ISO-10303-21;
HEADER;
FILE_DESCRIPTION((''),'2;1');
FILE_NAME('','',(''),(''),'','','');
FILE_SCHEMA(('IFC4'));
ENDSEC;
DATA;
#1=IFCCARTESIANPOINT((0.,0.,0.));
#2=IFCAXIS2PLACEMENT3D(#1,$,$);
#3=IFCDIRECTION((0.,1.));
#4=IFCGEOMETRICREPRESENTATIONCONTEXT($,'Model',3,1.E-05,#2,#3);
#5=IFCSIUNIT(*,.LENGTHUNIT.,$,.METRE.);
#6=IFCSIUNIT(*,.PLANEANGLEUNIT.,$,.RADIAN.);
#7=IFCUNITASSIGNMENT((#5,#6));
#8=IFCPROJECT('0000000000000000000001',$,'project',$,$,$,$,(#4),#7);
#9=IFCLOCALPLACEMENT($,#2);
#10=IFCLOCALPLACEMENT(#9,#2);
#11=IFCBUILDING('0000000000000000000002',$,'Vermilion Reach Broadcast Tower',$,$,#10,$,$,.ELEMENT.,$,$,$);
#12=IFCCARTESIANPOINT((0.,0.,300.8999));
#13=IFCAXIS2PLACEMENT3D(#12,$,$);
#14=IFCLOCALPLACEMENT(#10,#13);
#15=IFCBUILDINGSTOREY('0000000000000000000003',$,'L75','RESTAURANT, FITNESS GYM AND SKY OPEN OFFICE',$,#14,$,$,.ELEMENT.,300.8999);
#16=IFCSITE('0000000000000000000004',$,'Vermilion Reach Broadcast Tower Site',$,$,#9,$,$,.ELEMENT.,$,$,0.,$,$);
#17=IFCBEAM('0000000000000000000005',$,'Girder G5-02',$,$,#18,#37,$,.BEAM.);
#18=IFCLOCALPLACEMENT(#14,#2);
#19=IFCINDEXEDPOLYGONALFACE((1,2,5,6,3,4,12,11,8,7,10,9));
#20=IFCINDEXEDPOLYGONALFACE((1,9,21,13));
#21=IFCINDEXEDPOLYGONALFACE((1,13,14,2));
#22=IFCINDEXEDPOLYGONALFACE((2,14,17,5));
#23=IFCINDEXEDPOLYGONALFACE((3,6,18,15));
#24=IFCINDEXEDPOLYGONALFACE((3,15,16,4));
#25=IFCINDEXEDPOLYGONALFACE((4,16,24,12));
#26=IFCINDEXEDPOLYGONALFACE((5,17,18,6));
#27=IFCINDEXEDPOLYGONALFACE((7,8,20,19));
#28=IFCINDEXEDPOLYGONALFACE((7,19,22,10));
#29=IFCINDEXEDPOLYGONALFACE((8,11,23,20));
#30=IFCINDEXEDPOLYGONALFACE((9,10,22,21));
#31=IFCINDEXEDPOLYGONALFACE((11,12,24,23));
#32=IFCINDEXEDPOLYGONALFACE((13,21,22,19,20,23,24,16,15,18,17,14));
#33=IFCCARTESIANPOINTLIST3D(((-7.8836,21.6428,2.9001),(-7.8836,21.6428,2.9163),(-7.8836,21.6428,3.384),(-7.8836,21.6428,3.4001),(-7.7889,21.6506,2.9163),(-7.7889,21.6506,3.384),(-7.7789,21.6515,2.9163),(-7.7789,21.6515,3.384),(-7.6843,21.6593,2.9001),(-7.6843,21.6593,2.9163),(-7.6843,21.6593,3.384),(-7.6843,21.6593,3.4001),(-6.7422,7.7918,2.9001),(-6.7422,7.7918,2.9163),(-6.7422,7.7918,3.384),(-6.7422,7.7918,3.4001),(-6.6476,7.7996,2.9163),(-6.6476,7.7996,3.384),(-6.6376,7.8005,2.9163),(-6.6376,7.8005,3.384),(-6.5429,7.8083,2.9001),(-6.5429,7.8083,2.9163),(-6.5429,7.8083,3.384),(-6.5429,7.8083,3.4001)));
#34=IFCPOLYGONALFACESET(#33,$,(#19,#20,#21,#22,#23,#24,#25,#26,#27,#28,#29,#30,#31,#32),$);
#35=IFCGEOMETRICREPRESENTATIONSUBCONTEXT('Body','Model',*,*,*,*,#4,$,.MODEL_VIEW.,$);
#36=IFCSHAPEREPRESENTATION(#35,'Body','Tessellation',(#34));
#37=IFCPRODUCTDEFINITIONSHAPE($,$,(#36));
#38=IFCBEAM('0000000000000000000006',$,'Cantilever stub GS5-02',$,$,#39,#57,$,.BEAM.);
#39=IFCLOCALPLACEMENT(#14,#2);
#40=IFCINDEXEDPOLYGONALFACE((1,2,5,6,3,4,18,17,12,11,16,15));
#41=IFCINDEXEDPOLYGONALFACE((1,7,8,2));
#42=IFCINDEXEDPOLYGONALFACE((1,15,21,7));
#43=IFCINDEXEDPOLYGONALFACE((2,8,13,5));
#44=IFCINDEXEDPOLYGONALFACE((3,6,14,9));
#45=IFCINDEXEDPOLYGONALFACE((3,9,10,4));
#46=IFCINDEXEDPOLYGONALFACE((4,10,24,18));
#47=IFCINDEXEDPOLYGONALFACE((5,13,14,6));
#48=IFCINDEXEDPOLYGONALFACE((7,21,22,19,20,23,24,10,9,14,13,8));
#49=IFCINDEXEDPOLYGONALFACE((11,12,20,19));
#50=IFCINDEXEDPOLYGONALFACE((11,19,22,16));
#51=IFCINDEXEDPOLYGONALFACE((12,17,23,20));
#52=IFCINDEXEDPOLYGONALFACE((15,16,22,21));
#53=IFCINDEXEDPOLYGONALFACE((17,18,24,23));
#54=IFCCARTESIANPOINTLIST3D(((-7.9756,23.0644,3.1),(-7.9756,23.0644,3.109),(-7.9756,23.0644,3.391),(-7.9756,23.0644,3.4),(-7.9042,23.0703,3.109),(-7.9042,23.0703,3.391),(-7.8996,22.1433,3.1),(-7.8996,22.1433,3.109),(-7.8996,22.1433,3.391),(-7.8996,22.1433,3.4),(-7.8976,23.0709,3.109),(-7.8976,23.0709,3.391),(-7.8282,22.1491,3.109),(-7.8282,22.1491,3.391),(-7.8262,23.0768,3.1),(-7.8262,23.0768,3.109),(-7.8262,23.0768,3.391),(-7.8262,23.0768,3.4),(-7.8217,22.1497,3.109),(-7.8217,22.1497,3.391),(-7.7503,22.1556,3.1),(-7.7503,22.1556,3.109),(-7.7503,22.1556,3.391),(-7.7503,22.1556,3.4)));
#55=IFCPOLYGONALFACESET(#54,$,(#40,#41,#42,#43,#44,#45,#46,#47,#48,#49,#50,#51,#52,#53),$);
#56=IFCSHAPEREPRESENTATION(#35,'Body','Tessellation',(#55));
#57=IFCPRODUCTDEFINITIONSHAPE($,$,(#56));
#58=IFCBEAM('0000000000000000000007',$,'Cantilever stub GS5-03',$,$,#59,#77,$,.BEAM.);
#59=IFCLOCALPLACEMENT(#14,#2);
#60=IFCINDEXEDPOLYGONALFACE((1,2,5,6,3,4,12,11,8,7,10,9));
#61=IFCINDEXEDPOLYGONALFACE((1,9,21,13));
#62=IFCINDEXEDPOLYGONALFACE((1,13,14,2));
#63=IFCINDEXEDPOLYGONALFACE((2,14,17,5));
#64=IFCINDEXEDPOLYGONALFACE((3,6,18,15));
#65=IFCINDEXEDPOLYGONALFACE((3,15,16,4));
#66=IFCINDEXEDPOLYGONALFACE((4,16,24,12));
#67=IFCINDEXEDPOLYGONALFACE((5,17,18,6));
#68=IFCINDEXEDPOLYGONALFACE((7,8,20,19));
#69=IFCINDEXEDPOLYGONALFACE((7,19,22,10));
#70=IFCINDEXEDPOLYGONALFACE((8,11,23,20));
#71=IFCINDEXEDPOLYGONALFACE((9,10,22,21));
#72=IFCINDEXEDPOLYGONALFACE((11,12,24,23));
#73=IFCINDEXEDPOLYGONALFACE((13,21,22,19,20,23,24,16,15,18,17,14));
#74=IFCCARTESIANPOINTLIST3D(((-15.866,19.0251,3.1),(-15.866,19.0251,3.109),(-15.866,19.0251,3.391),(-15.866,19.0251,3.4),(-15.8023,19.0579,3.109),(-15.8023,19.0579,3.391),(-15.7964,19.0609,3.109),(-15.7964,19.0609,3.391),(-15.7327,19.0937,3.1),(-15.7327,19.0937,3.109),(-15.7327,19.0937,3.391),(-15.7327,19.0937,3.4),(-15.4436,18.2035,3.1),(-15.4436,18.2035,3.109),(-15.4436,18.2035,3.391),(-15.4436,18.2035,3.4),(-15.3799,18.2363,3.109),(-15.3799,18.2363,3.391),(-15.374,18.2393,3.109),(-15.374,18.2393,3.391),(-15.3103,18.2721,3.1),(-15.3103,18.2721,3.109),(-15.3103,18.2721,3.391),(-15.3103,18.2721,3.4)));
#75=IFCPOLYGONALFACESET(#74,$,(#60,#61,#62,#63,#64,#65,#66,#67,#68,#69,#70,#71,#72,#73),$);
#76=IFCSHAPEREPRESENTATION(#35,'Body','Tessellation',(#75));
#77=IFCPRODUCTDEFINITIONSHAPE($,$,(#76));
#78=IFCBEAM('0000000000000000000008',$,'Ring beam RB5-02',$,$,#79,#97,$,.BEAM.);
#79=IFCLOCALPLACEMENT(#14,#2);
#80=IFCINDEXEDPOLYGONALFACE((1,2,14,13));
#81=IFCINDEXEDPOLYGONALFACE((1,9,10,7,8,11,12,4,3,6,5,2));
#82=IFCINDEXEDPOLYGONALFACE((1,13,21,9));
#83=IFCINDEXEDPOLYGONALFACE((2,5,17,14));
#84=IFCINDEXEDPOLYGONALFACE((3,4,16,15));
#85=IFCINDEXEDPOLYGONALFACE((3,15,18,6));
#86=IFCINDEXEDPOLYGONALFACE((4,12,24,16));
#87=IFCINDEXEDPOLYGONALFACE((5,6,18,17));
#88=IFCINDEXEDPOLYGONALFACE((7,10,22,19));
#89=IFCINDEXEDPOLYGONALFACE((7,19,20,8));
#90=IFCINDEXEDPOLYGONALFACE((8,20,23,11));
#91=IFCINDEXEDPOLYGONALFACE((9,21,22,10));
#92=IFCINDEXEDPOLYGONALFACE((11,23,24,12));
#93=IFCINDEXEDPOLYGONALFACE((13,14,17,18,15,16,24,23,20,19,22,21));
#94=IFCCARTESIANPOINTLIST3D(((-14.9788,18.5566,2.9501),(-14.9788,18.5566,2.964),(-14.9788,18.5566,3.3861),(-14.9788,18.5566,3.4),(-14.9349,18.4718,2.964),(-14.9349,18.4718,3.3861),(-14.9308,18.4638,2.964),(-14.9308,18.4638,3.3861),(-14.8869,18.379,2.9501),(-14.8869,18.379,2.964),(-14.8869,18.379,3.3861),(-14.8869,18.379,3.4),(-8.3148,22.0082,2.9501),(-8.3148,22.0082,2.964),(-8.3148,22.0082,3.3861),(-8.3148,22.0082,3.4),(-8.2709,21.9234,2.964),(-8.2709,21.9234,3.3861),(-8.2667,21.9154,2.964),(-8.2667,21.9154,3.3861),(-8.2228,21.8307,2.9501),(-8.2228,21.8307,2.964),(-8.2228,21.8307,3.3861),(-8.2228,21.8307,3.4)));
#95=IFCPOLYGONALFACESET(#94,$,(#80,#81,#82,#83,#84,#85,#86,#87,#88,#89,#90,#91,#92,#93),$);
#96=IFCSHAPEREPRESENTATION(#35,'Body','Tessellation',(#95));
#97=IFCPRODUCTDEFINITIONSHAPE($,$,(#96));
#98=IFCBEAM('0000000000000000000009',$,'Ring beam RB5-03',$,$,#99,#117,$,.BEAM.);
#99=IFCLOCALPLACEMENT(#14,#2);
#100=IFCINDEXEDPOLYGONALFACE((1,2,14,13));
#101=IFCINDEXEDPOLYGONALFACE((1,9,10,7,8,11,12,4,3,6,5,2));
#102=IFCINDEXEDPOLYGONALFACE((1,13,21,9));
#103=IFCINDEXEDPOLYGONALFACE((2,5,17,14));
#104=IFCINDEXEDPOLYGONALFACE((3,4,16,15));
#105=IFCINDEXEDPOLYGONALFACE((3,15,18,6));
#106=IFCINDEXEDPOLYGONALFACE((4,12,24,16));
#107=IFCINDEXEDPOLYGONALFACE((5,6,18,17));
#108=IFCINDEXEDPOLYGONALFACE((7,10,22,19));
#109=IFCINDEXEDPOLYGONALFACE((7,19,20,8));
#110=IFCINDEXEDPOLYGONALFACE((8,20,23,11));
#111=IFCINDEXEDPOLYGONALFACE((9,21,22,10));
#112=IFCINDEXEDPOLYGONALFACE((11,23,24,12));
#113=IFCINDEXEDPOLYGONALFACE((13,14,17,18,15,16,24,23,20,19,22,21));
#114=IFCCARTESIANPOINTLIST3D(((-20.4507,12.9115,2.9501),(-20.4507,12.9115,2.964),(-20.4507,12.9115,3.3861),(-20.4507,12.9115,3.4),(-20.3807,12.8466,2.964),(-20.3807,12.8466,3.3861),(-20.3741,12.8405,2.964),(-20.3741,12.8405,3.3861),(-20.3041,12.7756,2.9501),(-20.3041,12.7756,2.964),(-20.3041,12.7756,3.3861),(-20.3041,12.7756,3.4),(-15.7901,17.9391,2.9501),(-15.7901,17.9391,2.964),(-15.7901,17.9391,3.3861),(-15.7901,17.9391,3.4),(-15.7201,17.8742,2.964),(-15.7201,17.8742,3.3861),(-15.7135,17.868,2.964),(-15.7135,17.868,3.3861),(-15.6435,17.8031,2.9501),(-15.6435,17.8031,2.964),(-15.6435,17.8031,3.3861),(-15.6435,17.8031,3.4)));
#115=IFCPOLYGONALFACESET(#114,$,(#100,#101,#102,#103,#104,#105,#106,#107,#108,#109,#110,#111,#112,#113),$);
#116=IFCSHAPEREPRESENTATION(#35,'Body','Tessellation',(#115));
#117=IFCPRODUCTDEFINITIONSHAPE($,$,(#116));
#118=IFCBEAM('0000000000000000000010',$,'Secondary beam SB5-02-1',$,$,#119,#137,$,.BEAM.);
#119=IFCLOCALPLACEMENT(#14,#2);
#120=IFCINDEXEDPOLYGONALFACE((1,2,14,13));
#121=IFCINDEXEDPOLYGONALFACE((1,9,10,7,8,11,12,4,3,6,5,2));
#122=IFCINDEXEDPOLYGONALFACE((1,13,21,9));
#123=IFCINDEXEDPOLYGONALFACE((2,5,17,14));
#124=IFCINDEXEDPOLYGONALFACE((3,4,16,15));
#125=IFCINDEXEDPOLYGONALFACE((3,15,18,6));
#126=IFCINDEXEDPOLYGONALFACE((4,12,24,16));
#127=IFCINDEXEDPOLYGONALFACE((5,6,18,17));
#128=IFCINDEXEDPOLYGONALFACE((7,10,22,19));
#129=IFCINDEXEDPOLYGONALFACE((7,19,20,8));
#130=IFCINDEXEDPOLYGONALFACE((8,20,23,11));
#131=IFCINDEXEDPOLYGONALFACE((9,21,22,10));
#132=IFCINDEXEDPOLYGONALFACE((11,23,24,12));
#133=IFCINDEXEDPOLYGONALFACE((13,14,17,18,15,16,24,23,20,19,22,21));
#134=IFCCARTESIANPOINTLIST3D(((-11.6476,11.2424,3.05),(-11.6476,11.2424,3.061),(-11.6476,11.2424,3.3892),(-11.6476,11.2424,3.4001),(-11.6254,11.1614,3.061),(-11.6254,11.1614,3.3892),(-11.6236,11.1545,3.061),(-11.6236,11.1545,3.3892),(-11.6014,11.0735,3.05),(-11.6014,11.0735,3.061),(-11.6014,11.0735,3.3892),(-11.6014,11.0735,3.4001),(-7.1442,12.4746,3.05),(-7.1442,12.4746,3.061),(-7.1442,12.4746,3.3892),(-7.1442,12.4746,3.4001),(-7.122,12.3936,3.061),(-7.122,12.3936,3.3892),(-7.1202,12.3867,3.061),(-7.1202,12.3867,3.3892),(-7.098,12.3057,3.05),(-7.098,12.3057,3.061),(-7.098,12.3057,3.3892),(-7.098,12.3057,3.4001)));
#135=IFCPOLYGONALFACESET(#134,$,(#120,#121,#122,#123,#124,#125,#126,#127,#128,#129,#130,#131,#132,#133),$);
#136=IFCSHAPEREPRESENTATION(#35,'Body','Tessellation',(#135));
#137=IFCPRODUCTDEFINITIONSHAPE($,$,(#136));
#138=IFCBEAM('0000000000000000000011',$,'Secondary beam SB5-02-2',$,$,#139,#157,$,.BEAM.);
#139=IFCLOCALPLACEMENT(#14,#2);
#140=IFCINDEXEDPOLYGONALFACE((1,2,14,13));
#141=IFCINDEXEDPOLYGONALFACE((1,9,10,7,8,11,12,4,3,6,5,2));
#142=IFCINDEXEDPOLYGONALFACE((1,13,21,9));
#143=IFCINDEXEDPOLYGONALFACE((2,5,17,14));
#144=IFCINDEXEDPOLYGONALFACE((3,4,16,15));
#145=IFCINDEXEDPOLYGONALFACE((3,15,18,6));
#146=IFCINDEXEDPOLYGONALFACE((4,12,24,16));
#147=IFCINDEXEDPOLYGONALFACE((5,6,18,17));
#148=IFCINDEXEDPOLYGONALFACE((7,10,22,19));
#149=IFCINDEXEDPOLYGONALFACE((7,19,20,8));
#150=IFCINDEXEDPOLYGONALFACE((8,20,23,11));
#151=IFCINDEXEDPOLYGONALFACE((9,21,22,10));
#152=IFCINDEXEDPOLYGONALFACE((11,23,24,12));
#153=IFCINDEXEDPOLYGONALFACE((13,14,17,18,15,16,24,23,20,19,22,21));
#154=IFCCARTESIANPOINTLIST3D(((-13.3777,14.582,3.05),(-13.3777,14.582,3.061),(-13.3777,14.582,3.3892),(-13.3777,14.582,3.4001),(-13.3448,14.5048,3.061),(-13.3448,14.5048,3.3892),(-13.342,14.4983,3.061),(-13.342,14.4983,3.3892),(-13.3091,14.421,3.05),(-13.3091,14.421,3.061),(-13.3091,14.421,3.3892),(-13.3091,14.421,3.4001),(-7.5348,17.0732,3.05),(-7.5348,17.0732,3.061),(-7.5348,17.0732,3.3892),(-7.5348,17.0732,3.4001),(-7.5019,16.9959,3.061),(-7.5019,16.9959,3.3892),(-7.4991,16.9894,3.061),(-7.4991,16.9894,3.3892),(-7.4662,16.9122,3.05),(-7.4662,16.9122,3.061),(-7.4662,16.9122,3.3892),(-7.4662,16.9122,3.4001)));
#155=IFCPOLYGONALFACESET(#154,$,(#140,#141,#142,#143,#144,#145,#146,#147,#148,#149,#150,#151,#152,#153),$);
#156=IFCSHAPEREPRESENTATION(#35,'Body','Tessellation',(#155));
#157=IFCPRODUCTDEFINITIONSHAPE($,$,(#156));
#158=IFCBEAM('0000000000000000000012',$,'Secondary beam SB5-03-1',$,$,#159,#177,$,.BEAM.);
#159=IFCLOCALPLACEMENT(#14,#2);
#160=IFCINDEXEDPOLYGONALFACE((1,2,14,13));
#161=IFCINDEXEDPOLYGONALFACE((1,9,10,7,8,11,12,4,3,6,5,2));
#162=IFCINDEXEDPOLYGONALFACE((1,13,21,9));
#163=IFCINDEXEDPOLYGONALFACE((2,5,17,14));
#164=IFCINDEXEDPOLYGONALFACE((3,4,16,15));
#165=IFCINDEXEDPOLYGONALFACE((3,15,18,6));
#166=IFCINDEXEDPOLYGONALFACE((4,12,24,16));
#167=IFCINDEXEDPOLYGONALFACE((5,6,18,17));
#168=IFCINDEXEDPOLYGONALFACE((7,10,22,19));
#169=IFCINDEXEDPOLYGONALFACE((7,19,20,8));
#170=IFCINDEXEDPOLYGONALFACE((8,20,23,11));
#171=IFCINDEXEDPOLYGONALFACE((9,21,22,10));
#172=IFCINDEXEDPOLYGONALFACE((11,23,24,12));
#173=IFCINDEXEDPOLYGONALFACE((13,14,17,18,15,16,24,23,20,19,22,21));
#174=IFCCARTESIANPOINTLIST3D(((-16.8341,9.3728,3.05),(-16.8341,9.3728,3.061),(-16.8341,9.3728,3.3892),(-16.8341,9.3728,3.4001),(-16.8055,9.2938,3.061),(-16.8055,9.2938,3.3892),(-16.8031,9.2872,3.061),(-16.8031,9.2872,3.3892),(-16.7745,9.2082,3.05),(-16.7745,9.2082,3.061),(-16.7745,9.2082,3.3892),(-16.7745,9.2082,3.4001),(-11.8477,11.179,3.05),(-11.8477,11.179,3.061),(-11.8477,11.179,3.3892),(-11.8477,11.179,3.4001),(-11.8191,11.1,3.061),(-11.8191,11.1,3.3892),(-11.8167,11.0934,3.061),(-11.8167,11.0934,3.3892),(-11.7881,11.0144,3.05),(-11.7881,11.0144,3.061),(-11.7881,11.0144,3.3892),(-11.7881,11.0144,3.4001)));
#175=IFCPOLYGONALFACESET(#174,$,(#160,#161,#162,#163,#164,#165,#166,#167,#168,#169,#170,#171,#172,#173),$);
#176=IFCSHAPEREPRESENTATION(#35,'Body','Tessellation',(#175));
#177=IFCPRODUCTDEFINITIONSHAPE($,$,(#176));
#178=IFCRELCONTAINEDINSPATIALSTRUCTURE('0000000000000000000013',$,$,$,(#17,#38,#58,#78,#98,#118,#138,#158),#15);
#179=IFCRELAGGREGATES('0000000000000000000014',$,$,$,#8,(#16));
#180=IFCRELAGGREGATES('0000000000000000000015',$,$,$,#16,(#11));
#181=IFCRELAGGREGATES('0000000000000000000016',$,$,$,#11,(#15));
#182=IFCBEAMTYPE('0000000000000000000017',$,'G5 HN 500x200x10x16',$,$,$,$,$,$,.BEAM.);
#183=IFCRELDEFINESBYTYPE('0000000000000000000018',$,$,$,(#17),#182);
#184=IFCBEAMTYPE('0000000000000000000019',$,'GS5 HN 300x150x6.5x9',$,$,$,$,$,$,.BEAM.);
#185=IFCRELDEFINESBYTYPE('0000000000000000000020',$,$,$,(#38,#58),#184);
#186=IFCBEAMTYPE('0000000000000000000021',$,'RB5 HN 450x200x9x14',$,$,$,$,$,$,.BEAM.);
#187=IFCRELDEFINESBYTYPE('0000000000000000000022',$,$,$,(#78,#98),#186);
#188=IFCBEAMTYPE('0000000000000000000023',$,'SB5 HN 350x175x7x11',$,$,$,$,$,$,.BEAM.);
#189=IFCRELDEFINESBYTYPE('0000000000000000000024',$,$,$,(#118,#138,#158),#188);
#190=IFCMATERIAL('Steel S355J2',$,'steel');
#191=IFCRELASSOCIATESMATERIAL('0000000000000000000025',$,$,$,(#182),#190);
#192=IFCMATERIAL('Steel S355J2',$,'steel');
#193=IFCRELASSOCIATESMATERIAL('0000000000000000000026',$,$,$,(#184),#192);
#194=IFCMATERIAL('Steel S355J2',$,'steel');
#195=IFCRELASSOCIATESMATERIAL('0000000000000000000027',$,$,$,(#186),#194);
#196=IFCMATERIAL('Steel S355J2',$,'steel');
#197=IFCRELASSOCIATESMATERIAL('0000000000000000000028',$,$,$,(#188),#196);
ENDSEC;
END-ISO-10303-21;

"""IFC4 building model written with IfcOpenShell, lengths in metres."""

from ifc_helpers import new_model, si_unit, direction, frame, origin, origin_2d, place, context, subcontext, project, spatial, i_section, extrude, material, material_profile, profile_set, type_object, element, save


model = new_model("IFC4")

# Units and contexts
model_context = context("Model", 3, precision=1e-05, world=origin(), true_north=direction((0.0, 1.0)))
body_context = subcontext(model_context, "Body", "Model", "MODEL_VIEW")
ifc_project = project(units=[si_unit("LENGTHUNIT", "METRE"), si_unit("PLANEANGLEUNIT", "RADIAN")], contexts=[model_context])

# Site, building, storey
site_placement = place(None, origin())
site = spatial("IfcSite", under=ifc_project, at=site_placement, Name="Vermilion Reach Broadcast Tower Site", CompositionType="ELEMENT", RefElevation=0.0)
building_placement = place(site_placement, origin())
building = spatial("IfcBuilding", under=site, at=building_placement, Name="Vermilion Reach Broadcast Tower", CompositionType="ELEMENT")
storey_placement = place(building_placement, frame((0.0, 0.0, 300.8999)))
storey = spatial("IfcBuildingStorey", under=building, at=storey_placement, Name="L75", Description="RESTAURANT, FITNESS GYM AND SKY OPEN OFFICE", CompositionType="ELEMENT", Elevation=300.8999)

# Beams
ifc_material_1 = material(Name="Steel S355J2", Category="steel")
ifc_material_profile_1 = material_profile(ifc_material_1, i_section(OverallWidth=0.2, OverallDepth=0.5, WebThickness=0.01, FlangeThickness=0.0161, at=origin_2d()), Name="S355J2 HN 500x200x10x16")
ifc_profile_set_1 = profile_set([ifc_material_profile_1], Name="Steel S355J2")
beam_type_1 = type_object("IfcBeamType", Name="G5 HN 500x200x10x16", PredefinedType="BEAM", material=ifc_profile_set_1)
beam_1_placement = place(storey_placement, frame((-6.6426, 7.8, 3.1501), z_axis=(-0.082124, 0.996622, 0.0), x_axis=(-0.996622, -0.082124, 0.0)))
element("IfcBeam", 1, at=beam_1_placement, inside=storey, type_object=beam_type_1, Name="Girder G5-02", PredefinedType="BEAM", context=body_context, shape_type="SweptSolid", body=[
    extrude(i_section(OverallWidth=0.2, OverallDepth=0.5, WebThickness=0.01, FlangeThickness=0.0161, at=origin_2d()), origin(), (0.0, 0.0, 1.0), 13.8979),
])
ifc_material_2 = material(Name="Steel S355J2", Category="steel")
ifc_material_profile_2 = material_profile(ifc_material_2, i_section(OverallWidth=0.1499, OverallDepth=0.3, WebThickness=0.0066, FlangeThickness=0.009, at=origin_2d()), Name="S355J2 HN 300x150x6.5x9")
ifc_profile_set_2 = profile_set([ifc_material_profile_2], Name="Steel S355J2")
beam_type_2 = type_object("IfcBeamType", Name="GS5 HN 300x150x6.5x9", PredefinedType="BEAM", material=ifc_profile_set_2)
beam_2_placement = place(storey_placement, frame((-7.825, 22.1494, 3.25), z_axis=(-0.082149, 0.99662, 0.0), x_axis=(-0.99662, -0.082149, 0.0)))
element("IfcBeam", 2, at=beam_2_placement, inside=storey, type_object=beam_type_2, Name="Cantilever stub GS5-02", PredefinedType="BEAM", context=body_context, shape_type="SweptSolid", body=[
    extrude(i_section(OverallWidth=0.1499, OverallDepth=0.3, WebThickness=0.0066, FlangeThickness=0.009, at=origin_2d()), origin(), (0.0, 0.0, 1.0), 0.9243),
])
beam_3_placement = place(storey_placement, frame((-15.377, 18.2378, 3.25), z_axis=(-0.457229, 0.889349, 0.0), x_axis=(-0.889349, -0.457229, 0.0)))
element("IfcBeam", 3, at=beam_3_placement, inside=storey, type_object=beam_type_2, Name="Cantilever stub GS5-03", PredefinedType="BEAM", context=body_context, shape_type="SweptSolid", body=[
    extrude(i_section(OverallWidth=0.1499, OverallDepth=0.3, WebThickness=0.0066, FlangeThickness=0.009, at=origin_2d()), origin(), (0.0, 0.0, 1.0), 0.9238),
])
ifc_material_3 = material(Name="Steel S355J2", Category="steel")
ifc_material_profile_3 = material_profile(ifc_material_3, i_section(OverallWidth=0.2, OverallDepth=0.45, WebThickness=0.009, FlangeThickness=0.0139, at=origin_2d()), Name="S355J2 HN 450x200x9x14")
ifc_profile_set_3 = profile_set([ifc_material_profile_3], Name="Steel S355J2")
beam_type_3 = type_object("IfcBeamType", Name="RB5 HN 450x200x9x14", PredefinedType="BEAM", material=ifc_profile_set_3)
beam_4_placement = place(storey_placement, frame((-8.2688, 21.9194, 3.175), z_axis=(-0.88796, -0.45992, 0.0), x_axis=(0.45992, -0.88796, 0.0)))
element("IfcBeam", 4, at=beam_4_placement, inside=storey, type_object=beam_type_3, Name="Ring beam RB5-02", PredefinedType="BEAM", context=body_context, shape_type="SweptSolid", body=[
    extrude(i_section(OverallWidth=0.2, OverallDepth=0.45, WebThickness=0.009, FlangeThickness=0.0139, at=origin_2d()), origin(), (0.0, 0.0, 1.0), 7.5049),
])
beam_5_placement = place(storey_placement, frame((-15.7168, 17.8711, 3.175), z_axis=(-0.679838, -0.733363, 0.0), x_axis=(0.733363, -0.679838, 0.0)))
element("IfcBeam", 5, at=beam_5_placement, inside=storey, type_object=beam_type_3, Name="Ring beam RB5-03", PredefinedType="BEAM", context=body_context, shape_type="SweptSolid", body=[
    extrude(i_section(OverallWidth=0.2, OverallDepth=0.45, WebThickness=0.009, FlangeThickness=0.0139, at=origin_2d()), origin(), (0.0, 0.0, 1.0), 6.8555),
])
ifc_material_4 = material(Name="Steel S355J2", Category="steel")
ifc_material_profile_4 = material_profile(ifc_material_4, i_section(OverallWidth=0.175, OverallDepth=0.3501, WebThickness=0.0071, FlangeThickness=0.011, at=origin_2d()), Name="S355J2 HN 350x175x7x11")
ifc_profile_set_4 = profile_set([ifc_material_profile_4], Name="Steel S355J2")
beam_type_4 = type_object("IfcBeamType", Name="SB5 HN 350x175x7x11", PredefinedType="BEAM", material=ifc_profile_set_4)
beam_6_placement = place(storey_placement, frame((-7.1211, 12.3901, 3.2251), z_axis=(-0.964547, -0.263909, 0.0), x_axis=(0.263909, -0.964547, 0.0)))
element("IfcBeam", 6, at=beam_6_placement, inside=storey, type_object=beam_type_4, Name="Secondary beam SB5-02-1", PredefinedType="BEAM", context=body_context, shape_type="SweptSolid", body=[
    extrude(i_section(OverallWidth=0.175, OverallDepth=0.3501, WebThickness=0.0071, FlangeThickness=0.011, at=origin_2d()), origin(), (0.0, 0.0, 1.0), 4.6689),
])
beam_7_placement = place(storey_placement, frame((-7.5005, 16.9927, 3.2251), z_axis=(-0.919881, -0.392198, 0.0), x_axis=(0.392198, -0.919881, 0.0)))
element("IfcBeam", 7, at=beam_7_placement, inside=storey, type_object=beam_type_4, Name="Secondary beam SB5-02-2", PredefinedType="BEAM", context=body_context, shape_type="SweptSolid", body=[
    extrude(i_section(OverallWidth=0.175, OverallDepth=0.3501, WebThickness=0.0071, FlangeThickness=0.011, at=origin_2d()), origin(), (0.0, 0.0, 1.0), 6.3518),
])
beam_8_placement = place(storey_placement, frame((-11.8179, 11.0967, 3.2251), z_axis=(-0.94022, -0.340567, 0.0), x_axis=(0.340567, -0.94022, 0.0)))
element("IfcBeam", 8, at=beam_8_placement, inside=storey, type_object=beam_type_4, Name="Secondary beam SB5-03-1", PredefinedType="BEAM", context=body_context, shape_type="SweptSolid", body=[
    extrude(i_section(OverallWidth=0.175, OverallDepth=0.3501, WebThickness=0.0071, FlangeThickness=0.011, at=origin_2d()), origin(), (0.0, 0.0, 1.0), 5.3035),
])

save(model, "model.ifc")
